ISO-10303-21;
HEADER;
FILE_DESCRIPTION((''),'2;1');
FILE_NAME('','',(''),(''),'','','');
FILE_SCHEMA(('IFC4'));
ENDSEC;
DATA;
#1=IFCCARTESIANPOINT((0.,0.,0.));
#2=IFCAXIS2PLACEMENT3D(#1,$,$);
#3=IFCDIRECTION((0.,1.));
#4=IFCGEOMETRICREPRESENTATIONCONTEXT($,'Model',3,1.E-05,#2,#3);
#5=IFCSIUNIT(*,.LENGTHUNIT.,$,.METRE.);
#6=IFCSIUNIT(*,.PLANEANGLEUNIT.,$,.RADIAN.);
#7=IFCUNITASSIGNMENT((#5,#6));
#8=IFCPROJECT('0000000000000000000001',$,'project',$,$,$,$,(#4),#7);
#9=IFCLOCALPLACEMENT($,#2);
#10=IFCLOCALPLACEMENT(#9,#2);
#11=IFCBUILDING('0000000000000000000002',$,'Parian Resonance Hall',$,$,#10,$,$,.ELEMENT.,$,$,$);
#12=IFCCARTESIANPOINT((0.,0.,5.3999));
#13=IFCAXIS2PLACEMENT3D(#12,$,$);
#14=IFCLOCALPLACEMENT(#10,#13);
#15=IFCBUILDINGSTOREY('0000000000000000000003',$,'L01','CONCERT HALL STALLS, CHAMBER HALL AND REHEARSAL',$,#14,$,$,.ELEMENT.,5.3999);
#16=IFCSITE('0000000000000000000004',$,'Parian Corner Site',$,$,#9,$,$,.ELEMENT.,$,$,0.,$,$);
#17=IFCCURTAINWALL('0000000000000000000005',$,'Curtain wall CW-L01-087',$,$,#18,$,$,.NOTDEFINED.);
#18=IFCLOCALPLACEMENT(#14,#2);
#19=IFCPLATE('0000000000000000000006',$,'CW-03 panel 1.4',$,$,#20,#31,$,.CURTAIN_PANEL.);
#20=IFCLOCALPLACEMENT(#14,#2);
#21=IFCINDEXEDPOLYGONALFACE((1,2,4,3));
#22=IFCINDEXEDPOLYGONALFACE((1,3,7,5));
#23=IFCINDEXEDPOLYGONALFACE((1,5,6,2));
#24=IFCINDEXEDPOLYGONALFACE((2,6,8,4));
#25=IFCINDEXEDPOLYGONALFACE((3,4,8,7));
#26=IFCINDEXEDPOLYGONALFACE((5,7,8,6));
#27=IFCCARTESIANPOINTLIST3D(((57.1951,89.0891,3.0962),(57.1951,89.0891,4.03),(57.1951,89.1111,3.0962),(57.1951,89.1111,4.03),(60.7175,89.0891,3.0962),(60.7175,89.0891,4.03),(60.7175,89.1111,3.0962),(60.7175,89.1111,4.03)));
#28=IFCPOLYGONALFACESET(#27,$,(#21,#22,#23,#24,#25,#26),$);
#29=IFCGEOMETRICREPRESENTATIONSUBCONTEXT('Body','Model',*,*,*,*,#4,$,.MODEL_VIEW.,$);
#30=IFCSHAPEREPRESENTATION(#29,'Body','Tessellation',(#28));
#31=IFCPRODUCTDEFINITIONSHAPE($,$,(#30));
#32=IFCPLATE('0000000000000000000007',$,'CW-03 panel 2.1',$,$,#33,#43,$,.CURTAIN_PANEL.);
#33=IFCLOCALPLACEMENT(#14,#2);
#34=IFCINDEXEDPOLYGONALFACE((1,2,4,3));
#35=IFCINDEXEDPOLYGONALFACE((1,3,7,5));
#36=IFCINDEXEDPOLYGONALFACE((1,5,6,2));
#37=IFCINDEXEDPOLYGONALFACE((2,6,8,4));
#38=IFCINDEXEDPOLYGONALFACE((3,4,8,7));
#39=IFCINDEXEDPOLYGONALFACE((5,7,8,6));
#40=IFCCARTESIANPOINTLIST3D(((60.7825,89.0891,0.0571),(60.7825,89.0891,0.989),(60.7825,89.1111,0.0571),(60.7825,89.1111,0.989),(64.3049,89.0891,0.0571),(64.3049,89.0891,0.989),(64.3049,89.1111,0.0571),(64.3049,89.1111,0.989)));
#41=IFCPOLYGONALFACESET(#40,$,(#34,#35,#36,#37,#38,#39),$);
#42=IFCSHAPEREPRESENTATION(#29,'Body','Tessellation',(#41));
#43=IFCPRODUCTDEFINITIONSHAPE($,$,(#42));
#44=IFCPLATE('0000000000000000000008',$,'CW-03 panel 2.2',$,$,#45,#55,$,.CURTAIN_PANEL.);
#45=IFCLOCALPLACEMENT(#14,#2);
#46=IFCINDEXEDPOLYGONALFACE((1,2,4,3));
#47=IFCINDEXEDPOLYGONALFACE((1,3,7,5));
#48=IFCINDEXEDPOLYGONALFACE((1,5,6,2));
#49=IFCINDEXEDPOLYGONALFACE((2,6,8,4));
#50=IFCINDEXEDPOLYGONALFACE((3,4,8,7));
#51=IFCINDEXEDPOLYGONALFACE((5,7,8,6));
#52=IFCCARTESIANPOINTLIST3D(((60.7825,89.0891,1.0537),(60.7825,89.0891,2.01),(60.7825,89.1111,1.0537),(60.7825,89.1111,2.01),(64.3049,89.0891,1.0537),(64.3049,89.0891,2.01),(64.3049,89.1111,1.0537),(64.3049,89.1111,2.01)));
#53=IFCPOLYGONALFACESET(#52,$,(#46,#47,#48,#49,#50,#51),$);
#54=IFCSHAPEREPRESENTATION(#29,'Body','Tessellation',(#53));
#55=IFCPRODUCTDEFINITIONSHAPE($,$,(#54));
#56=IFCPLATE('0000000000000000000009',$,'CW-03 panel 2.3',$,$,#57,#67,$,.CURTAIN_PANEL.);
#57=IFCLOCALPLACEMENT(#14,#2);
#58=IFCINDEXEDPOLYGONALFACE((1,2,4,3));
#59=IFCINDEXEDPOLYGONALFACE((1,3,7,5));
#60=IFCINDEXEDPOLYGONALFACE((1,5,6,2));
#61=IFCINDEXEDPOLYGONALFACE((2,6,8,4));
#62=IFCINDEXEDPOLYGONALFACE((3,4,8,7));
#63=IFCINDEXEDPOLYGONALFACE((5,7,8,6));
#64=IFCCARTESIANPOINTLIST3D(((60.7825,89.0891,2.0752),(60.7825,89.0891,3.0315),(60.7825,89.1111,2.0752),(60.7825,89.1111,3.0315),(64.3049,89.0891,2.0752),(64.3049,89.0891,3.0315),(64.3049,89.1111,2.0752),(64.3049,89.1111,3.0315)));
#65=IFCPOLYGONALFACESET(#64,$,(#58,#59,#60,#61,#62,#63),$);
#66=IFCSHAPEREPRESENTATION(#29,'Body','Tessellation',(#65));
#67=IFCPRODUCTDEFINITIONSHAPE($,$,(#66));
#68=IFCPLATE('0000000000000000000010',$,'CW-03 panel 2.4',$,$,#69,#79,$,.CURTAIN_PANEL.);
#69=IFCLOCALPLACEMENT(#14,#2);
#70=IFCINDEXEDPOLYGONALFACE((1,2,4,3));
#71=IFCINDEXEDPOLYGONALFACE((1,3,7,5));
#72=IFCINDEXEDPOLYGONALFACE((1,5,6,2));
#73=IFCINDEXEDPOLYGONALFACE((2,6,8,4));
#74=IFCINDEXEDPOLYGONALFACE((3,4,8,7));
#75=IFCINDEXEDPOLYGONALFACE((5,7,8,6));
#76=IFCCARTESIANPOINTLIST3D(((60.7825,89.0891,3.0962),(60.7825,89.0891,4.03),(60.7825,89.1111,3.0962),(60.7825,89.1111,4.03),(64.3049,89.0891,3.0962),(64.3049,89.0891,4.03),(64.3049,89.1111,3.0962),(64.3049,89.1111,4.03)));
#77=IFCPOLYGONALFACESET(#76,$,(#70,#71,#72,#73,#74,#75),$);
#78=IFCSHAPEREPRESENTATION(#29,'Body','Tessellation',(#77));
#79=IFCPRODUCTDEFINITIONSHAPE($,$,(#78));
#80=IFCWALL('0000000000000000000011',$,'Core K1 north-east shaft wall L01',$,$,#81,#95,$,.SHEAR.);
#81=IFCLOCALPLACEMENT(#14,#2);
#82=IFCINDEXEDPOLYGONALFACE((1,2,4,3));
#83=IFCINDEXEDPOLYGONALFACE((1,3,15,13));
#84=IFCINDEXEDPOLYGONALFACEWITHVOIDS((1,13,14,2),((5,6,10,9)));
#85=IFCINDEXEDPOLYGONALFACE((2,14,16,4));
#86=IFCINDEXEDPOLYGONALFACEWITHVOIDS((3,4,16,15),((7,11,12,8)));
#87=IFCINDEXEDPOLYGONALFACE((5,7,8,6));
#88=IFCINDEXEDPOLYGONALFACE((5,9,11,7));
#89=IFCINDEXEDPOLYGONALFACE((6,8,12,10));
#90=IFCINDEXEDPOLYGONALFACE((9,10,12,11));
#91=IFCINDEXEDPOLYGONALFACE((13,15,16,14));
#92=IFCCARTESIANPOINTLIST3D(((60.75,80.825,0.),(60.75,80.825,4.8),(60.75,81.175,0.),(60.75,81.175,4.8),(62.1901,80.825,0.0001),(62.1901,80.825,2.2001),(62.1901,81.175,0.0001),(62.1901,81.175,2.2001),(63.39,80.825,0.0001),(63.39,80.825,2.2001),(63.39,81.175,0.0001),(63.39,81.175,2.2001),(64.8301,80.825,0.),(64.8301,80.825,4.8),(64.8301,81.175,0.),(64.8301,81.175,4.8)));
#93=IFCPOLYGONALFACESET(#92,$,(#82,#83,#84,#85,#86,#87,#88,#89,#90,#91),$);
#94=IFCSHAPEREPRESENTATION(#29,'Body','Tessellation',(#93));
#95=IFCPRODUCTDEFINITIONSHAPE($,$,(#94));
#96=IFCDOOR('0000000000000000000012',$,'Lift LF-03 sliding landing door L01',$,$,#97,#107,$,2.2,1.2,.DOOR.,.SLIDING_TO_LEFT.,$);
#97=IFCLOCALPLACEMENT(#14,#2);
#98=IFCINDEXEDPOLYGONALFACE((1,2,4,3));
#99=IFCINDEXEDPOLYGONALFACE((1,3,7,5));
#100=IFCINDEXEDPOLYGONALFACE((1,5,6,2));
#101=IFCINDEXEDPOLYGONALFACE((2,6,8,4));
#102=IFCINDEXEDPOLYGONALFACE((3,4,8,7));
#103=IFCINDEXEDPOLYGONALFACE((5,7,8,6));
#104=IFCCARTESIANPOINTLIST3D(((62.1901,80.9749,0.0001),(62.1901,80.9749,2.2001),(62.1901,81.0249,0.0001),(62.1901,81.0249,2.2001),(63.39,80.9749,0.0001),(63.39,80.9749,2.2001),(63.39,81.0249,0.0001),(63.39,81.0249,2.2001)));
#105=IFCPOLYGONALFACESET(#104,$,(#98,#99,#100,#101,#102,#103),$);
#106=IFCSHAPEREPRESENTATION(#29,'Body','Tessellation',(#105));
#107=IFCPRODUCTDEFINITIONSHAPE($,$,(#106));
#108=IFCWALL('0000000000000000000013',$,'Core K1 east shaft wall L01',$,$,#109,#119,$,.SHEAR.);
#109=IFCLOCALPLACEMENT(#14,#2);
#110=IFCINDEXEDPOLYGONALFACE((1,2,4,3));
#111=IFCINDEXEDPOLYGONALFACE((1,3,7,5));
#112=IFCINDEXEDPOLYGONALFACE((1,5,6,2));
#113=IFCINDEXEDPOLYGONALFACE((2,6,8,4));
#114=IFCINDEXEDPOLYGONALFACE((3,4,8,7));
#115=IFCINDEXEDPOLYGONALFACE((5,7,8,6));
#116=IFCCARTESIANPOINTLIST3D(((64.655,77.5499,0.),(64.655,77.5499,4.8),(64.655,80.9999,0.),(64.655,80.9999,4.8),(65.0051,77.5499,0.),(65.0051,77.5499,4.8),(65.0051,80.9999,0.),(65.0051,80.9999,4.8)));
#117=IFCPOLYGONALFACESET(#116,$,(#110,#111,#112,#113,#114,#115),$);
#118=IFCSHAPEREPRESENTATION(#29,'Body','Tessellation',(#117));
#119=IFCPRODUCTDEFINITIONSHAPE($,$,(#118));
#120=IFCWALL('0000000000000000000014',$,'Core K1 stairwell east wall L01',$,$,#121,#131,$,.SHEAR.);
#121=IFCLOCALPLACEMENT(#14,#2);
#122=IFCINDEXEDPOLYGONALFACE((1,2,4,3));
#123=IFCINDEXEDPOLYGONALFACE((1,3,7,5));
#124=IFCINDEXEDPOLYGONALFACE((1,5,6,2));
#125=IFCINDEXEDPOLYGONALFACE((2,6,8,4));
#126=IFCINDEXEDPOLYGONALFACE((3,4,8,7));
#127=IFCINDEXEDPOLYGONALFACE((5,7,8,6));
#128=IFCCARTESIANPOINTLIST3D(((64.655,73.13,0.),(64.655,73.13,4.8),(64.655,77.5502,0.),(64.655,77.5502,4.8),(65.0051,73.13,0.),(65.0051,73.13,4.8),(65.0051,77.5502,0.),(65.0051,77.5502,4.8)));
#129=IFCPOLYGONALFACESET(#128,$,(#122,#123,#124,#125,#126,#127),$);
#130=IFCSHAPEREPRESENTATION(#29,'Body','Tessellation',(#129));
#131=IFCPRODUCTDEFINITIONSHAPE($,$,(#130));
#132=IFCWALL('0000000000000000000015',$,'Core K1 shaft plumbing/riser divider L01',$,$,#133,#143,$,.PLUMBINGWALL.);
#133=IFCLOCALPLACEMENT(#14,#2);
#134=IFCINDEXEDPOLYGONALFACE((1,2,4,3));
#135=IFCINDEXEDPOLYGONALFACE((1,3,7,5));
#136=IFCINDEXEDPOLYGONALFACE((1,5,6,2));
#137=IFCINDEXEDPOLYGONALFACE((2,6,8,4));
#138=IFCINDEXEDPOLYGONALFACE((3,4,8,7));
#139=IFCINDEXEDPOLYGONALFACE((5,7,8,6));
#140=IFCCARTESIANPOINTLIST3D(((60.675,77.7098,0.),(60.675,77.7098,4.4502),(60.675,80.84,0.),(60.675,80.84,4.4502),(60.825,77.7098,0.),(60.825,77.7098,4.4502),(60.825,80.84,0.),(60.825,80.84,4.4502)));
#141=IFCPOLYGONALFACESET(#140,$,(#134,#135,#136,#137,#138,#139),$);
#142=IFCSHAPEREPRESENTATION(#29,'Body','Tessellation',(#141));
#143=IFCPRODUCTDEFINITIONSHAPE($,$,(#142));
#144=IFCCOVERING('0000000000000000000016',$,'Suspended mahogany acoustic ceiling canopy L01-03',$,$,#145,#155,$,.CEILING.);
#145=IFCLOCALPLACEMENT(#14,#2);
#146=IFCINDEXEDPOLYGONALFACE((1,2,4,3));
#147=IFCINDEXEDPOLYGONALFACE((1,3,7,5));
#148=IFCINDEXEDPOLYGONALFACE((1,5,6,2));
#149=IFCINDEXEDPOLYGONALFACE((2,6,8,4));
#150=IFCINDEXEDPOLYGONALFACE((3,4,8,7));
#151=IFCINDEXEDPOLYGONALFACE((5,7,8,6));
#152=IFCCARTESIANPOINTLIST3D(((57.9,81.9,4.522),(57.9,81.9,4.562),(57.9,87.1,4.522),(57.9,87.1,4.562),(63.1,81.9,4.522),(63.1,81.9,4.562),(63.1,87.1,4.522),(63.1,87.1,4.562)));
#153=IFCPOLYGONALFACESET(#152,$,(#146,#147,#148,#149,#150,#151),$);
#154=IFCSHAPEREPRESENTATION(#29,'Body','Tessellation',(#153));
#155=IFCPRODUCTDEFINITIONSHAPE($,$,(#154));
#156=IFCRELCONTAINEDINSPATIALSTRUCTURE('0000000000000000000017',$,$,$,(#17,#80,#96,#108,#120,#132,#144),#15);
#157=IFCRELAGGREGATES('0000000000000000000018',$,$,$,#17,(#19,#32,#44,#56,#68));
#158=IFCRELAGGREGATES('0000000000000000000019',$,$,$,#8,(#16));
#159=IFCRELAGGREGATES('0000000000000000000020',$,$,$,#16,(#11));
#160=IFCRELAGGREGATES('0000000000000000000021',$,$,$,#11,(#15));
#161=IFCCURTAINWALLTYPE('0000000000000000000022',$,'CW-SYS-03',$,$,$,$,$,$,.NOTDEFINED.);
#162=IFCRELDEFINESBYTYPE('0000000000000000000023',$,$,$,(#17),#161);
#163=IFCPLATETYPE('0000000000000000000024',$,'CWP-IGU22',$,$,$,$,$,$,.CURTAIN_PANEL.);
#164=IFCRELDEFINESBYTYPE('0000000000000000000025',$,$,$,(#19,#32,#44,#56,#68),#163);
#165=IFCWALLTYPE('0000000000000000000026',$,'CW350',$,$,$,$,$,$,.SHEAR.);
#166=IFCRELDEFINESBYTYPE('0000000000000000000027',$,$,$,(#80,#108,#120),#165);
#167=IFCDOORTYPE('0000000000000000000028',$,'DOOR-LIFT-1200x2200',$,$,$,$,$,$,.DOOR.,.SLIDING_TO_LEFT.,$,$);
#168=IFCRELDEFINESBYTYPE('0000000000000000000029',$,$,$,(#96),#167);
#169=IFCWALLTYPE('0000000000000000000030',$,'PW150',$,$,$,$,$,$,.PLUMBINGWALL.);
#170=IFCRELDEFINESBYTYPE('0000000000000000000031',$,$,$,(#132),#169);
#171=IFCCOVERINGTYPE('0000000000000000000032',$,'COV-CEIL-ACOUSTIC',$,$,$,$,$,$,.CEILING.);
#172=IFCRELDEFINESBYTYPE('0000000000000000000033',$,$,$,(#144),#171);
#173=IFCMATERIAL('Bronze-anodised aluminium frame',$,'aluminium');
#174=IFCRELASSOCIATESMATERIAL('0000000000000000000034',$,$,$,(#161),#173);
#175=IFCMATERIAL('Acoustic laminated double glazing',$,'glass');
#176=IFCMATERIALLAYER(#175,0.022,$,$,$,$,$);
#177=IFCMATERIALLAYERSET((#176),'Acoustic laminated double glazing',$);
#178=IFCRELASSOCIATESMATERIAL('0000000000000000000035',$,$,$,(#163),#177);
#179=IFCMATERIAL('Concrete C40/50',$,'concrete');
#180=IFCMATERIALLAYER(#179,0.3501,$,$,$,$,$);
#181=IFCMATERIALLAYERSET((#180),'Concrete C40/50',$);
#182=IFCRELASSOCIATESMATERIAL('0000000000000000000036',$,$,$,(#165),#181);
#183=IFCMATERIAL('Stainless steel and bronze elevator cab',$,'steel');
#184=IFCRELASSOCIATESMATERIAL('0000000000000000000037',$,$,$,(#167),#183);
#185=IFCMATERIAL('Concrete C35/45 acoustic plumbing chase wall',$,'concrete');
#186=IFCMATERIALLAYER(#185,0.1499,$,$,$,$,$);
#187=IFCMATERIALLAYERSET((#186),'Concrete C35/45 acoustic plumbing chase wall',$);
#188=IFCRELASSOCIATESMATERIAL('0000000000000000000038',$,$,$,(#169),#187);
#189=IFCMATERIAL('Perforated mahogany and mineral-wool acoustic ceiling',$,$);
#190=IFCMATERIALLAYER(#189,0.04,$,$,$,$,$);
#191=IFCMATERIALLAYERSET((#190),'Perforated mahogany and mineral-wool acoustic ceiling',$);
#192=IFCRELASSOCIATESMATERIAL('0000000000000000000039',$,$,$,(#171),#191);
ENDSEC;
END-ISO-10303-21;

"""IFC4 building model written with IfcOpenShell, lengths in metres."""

from ifc_helpers import new_model, si_unit, direction, frame, frame_2d, origin, origin_2d, place, context, subcontext, project, spatial, rectangle, extrude, material, layer, layer_set, type_object, element, fill, aggregate, save


model = new_model("IFC4")

# Units and contexts
model_context = context("Model", 3, precision=1e-05, world=origin(), true_north=direction((0.0, 1.0)))
body_context = subcontext(model_context, "Body", "Model", "MODEL_VIEW")
ifc_project = project(units=[si_unit("LENGTHUNIT", "METRE"), si_unit("PLANEANGLEUNIT", "RADIAN")], contexts=[model_context])

# Site, building, storey
site_placement = place(None, origin())
site = spatial("IfcSite", under=ifc_project, at=site_placement, Name="Parian Corner Site", CompositionType="ELEMENT", RefElevation=0.0)
building_placement = place(site_placement, origin())
building = spatial("IfcBuilding", under=site, at=building_placement, Name="Parian Resonance Hall", CompositionType="ELEMENT")
storey_placement = place(building_placement, frame((0.0, 0.0, 5.3999)))
storey = spatial("IfcBuildingStorey", under=building, at=storey_placement, Name="L01", Description="CONCERT HALL STALLS, CHAMBER HALL AND REHEARSAL", CompositionType="ELEMENT", Elevation=5.3999)

# Curtain wall, plates
ifc_material_1 = material(Name="Bronze-anodised aluminium frame", Category="aluminium")
curtain_wall_type = type_object("IfcCurtainWallType", Name="CW-SYS-03", PredefinedType="NOTDEFINED", material=ifc_material_1)
curtain_wall_placement = place(storey_placement, origin())
curtain_wall = element("IfcCurtainWall", 1, at=curtain_wall_placement, inside=storey, type_object=curtain_wall_type, Name="Curtain wall CW-L01-087", PredefinedType="NOTDEFINED")
ifc_material_2 = material(Name="Acoustic laminated double glazing", Category="glass")
ifc_layer_1 = layer(ifc_material_2, 0.022)
ifc_layer_set_1 = layer_set([ifc_layer_1], Name="Acoustic laminated double glazing")
plate_type = type_object("IfcPlateType", Name="CWP-IGU22", PredefinedType="CURTAIN_PANEL", material=ifc_layer_set_1)
plate_1_placement = place(storey_placement, frame((58.9563, 89.1001, 3.0962), z_axis=(0.0, 0.0, 1.0), x_axis=(1.0, 0.0, 0.0)))
plate_1 = element("IfcPlate", 2, at=plate_1_placement, type_object=plate_type, Name="CW-03 panel 1.4", PredefinedType="CURTAIN_PANEL", context=body_context, shape_type="SweptSolid", body=[
    extrude(rectangle(XDim=3.5225, YDim=0.022, at=origin_2d()), origin(), (0.0, 0.0, 1.0), 0.9338),
])
plate_2_placement = place(storey_placement, frame((62.5437, 89.1001, 0.0571), z_axis=(0.0, 0.0, 1.0), x_axis=(1.0, 0.0, 0.0)))
plate_2 = element("IfcPlate", 3, at=plate_2_placement, type_object=plate_type, Name="CW-03 panel 2.1", PredefinedType="CURTAIN_PANEL", context=body_context, shape_type="SweptSolid", body=[
    extrude(rectangle(XDim=3.5225, YDim=0.022, at=origin_2d()), origin(), (0.0, 0.0, 1.0), 0.9319),
])
plate_3_placement = place(storey_placement, frame((62.5437, 89.1001, 1.0537), z_axis=(0.0, 0.0, 1.0), x_axis=(1.0, 0.0, 0.0)))
plate_3 = element("IfcPlate", 4, at=plate_3_placement, type_object=plate_type, Name="CW-03 panel 2.2", PredefinedType="CURTAIN_PANEL", context=body_context, shape_type="SweptSolid", body=[
    extrude(rectangle(XDim=3.5225, YDim=0.022, at=origin_2d()), origin(), (0.0, 0.0, 1.0), 0.9563),
])
plate_4_placement = place(storey_placement, frame((62.5437, 89.1001, 2.0752), z_axis=(0.0, 0.0, 1.0), x_axis=(1.0, 0.0, 0.0)))
plate_4 = element("IfcPlate", 5, at=plate_4_placement, type_object=plate_type, Name="CW-03 panel 2.3", PredefinedType="CURTAIN_PANEL", context=body_context, shape_type="SweptSolid", body=[
    extrude(rectangle(XDim=3.5225, YDim=0.022, at=origin_2d()), origin(), (0.0, 0.0, 1.0), 0.9563),
])
plate_5_placement = place(storey_placement, frame((62.5437, 89.1001, 3.0962), z_axis=(0.0, 0.0, 1.0), x_axis=(1.0, 0.0, 0.0)))
plate_5 = element("IfcPlate", 6, at=plate_5_placement, type_object=plate_type, Name="CW-03 panel 2.4", PredefinedType="CURTAIN_PANEL", context=body_context, shape_type="SweptSolid", body=[
    extrude(rectangle(XDim=3.5225, YDim=0.022, at=origin_2d()), origin(), (0.0, 0.0, 1.0), 0.9338),
])
aggregate(curtain_wall, [plate_1, plate_2, plate_3, plate_4, plate_5])

# Wall, opening, door
ifc_material_3 = material(Name="Concrete C40/50", Category="concrete")
ifc_layer_2 = layer(ifc_material_3, 0.3501)
ifc_layer_set_2 = layer_set([ifc_layer_2], Name="Concrete C40/50")
wall_type_1 = type_object("IfcWallType", Name="CW350", PredefinedType="SHEAR", material=ifc_layer_set_2)
wall_1_placement = place(storey_placement, frame((60.75, 81.0, 0.0), z_axis=(0.0, 0.0, 1.0), x_axis=(1.0, 0.0, 0.0)))
wall_1 = element("IfcWall", 7, at=wall_1_placement, inside=storey, type_object=wall_type_1, Name="Core K1 north-east shaft wall L01", PredefinedType="SHEAR", context=body_context, shape_type="SweptSolid", body=[
    extrude(rectangle(XDim=4.0801, YDim=0.3501, at=frame_2d((2.04, 0.0))), origin(), (0.0, 0.0, 1.0), 4.8),
])
opening_placement = place(wall_1_placement, frame((1.4399, 0.0, 0.0)))
opening = element("IfcOpeningElement", 8, at=opening_placement, cuts=wall_1, PredefinedType="OPENING", context=body_context, shape_type="SweptSolid", body=[
    extrude(rectangle(XDim=1.2, YDim=2.2, at=frame_2d((0.6001, 1.1001))), frame((0.0, 0.1851, 0.0), z_axis=(0.0, -1.0, 0.0), x_axis=(1.0, 0.0, 0.0)), (0.0, 0.0, 1.0), 0.3701),
])
ifc_material_4 = material(Name="Stainless steel and bronze elevator cab", Category="steel")
door_type = type_object("IfcDoorType", Name="DOOR-LIFT-1200x2200", OperationType="SLIDING_TO_LEFT", PredefinedType="DOOR", material=ifc_material_4)
door_placement = place(opening_placement, origin())
door = element("IfcDoor", 9, at=door_placement, inside=storey, type_object=door_type, Name="Lift LF-03 sliding landing door L01", OperationType="SLIDING_TO_LEFT", OverallHeight=2.2, OverallWidth=1.2, PredefinedType="DOOR", context=body_context, shape_type="SweptSolid", body=[
    extrude(rectangle(XDim=1.2, YDim=2.2, at=frame_2d((0.6001, 1.1001))), frame((0.0, 0.0249, 0.0), z_axis=(0.0, -1.0, 0.0), x_axis=(1.0, 0.0, 0.0)), (0.0, 0.0, 1.0), 0.05),
])
fill(opening, door)

# Walls
wall_2_placement = place(storey_placement, frame((64.8301, 81.0, 0.0), z_axis=(0.0, 0.0, 1.0), x_axis=(0.0, -1.0, 0.0)))
element("IfcWall", 10, at=wall_2_placement, inside=storey, type_object=wall_type_1, Name="Core K1 east shaft wall L01", PredefinedType="SHEAR", context=body_context, shape_type="SweptSolid", body=[
    extrude(rectangle(XDim=3.45, YDim=0.3501, at=frame_2d((1.7251, 0.0))), origin(), (0.0, 0.0, 1.0), 4.8),
])
wall_3_placement = place(storey_placement, frame((64.8301, 77.55, 0.0), z_axis=(0.0, 0.0, 1.0), x_axis=(0.0, -1.0, 0.0)))
element("IfcWall", 11, at=wall_3_placement, inside=storey, type_object=wall_type_1, Name="Core K1 stairwell east wall L01", PredefinedType="SHEAR", context=body_context, shape_type="SweptSolid", body=[
    extrude(rectangle(XDim=4.4202, YDim=0.3501, at=frame_2d((2.21, 0.0))), origin(), (0.0, 0.0, 1.0), 4.8),
])
ifc_material_5 = material(Name="Concrete C35/45 acoustic plumbing chase wall", Category="concrete")
ifc_layer_3 = layer(ifc_material_5, 0.1499)
ifc_layer_set_3 = layer_set([ifc_layer_3], Name="Concrete C35/45 acoustic plumbing chase wall")
wall_type_2 = type_object("IfcWallType", Name="PW150", PredefinedType="PLUMBINGWALL", material=ifc_layer_set_3)
wall_4_placement = place(storey_placement, frame((60.75, 77.71, 0.0), z_axis=(0.0, 0.0, 1.0), x_axis=(0.0, 1.0, 0.0)))
element("IfcWall", 12, at=wall_4_placement, inside=storey, type_object=wall_type_2, Name="Core K1 shaft plumbing/riser divider L01", PredefinedType="PLUMBINGWALL", context=body_context, shape_type="SweptSolid", body=[
    extrude(rectangle(XDim=3.1301, YDim=0.1499, at=frame_2d((1.5649, 0.0))), origin(), (0.0, 0.0, 1.0), 4.4502),
])

# Covering
ifc_material_6 = material(Name="Perforated mahogany and mineral-wool acoustic ceiling")
ifc_layer_4 = layer(ifc_material_6, 0.04)
ifc_layer_set_4 = layer_set([ifc_layer_4], Name="Perforated mahogany and mineral-wool acoustic ceiling")
covering_type = type_object("IfcCoveringType", Name="COV-CEIL-ACOUSTIC", PredefinedType="CEILING", material=ifc_layer_set_4)
covering_placement = place(storey_placement, frame((60.5, 84.5, 4.522), z_axis=(0.0, 0.0, 1.0), x_axis=(1.0, 0.0, 0.0)))
element("IfcCovering", 13, at=covering_placement, inside=storey, type_object=covering_type, Name="Suspended mahogany acoustic ceiling canopy L01-03", PredefinedType="CEILING", context=body_context, shape_type="SweptSolid", body=[
    extrude(rectangle(XDim=5.2, YDim=5.2, at=origin_2d()), origin(), (0.0, 0.0, 1.0), 0.04),
])

save(model, "model.ifc")
